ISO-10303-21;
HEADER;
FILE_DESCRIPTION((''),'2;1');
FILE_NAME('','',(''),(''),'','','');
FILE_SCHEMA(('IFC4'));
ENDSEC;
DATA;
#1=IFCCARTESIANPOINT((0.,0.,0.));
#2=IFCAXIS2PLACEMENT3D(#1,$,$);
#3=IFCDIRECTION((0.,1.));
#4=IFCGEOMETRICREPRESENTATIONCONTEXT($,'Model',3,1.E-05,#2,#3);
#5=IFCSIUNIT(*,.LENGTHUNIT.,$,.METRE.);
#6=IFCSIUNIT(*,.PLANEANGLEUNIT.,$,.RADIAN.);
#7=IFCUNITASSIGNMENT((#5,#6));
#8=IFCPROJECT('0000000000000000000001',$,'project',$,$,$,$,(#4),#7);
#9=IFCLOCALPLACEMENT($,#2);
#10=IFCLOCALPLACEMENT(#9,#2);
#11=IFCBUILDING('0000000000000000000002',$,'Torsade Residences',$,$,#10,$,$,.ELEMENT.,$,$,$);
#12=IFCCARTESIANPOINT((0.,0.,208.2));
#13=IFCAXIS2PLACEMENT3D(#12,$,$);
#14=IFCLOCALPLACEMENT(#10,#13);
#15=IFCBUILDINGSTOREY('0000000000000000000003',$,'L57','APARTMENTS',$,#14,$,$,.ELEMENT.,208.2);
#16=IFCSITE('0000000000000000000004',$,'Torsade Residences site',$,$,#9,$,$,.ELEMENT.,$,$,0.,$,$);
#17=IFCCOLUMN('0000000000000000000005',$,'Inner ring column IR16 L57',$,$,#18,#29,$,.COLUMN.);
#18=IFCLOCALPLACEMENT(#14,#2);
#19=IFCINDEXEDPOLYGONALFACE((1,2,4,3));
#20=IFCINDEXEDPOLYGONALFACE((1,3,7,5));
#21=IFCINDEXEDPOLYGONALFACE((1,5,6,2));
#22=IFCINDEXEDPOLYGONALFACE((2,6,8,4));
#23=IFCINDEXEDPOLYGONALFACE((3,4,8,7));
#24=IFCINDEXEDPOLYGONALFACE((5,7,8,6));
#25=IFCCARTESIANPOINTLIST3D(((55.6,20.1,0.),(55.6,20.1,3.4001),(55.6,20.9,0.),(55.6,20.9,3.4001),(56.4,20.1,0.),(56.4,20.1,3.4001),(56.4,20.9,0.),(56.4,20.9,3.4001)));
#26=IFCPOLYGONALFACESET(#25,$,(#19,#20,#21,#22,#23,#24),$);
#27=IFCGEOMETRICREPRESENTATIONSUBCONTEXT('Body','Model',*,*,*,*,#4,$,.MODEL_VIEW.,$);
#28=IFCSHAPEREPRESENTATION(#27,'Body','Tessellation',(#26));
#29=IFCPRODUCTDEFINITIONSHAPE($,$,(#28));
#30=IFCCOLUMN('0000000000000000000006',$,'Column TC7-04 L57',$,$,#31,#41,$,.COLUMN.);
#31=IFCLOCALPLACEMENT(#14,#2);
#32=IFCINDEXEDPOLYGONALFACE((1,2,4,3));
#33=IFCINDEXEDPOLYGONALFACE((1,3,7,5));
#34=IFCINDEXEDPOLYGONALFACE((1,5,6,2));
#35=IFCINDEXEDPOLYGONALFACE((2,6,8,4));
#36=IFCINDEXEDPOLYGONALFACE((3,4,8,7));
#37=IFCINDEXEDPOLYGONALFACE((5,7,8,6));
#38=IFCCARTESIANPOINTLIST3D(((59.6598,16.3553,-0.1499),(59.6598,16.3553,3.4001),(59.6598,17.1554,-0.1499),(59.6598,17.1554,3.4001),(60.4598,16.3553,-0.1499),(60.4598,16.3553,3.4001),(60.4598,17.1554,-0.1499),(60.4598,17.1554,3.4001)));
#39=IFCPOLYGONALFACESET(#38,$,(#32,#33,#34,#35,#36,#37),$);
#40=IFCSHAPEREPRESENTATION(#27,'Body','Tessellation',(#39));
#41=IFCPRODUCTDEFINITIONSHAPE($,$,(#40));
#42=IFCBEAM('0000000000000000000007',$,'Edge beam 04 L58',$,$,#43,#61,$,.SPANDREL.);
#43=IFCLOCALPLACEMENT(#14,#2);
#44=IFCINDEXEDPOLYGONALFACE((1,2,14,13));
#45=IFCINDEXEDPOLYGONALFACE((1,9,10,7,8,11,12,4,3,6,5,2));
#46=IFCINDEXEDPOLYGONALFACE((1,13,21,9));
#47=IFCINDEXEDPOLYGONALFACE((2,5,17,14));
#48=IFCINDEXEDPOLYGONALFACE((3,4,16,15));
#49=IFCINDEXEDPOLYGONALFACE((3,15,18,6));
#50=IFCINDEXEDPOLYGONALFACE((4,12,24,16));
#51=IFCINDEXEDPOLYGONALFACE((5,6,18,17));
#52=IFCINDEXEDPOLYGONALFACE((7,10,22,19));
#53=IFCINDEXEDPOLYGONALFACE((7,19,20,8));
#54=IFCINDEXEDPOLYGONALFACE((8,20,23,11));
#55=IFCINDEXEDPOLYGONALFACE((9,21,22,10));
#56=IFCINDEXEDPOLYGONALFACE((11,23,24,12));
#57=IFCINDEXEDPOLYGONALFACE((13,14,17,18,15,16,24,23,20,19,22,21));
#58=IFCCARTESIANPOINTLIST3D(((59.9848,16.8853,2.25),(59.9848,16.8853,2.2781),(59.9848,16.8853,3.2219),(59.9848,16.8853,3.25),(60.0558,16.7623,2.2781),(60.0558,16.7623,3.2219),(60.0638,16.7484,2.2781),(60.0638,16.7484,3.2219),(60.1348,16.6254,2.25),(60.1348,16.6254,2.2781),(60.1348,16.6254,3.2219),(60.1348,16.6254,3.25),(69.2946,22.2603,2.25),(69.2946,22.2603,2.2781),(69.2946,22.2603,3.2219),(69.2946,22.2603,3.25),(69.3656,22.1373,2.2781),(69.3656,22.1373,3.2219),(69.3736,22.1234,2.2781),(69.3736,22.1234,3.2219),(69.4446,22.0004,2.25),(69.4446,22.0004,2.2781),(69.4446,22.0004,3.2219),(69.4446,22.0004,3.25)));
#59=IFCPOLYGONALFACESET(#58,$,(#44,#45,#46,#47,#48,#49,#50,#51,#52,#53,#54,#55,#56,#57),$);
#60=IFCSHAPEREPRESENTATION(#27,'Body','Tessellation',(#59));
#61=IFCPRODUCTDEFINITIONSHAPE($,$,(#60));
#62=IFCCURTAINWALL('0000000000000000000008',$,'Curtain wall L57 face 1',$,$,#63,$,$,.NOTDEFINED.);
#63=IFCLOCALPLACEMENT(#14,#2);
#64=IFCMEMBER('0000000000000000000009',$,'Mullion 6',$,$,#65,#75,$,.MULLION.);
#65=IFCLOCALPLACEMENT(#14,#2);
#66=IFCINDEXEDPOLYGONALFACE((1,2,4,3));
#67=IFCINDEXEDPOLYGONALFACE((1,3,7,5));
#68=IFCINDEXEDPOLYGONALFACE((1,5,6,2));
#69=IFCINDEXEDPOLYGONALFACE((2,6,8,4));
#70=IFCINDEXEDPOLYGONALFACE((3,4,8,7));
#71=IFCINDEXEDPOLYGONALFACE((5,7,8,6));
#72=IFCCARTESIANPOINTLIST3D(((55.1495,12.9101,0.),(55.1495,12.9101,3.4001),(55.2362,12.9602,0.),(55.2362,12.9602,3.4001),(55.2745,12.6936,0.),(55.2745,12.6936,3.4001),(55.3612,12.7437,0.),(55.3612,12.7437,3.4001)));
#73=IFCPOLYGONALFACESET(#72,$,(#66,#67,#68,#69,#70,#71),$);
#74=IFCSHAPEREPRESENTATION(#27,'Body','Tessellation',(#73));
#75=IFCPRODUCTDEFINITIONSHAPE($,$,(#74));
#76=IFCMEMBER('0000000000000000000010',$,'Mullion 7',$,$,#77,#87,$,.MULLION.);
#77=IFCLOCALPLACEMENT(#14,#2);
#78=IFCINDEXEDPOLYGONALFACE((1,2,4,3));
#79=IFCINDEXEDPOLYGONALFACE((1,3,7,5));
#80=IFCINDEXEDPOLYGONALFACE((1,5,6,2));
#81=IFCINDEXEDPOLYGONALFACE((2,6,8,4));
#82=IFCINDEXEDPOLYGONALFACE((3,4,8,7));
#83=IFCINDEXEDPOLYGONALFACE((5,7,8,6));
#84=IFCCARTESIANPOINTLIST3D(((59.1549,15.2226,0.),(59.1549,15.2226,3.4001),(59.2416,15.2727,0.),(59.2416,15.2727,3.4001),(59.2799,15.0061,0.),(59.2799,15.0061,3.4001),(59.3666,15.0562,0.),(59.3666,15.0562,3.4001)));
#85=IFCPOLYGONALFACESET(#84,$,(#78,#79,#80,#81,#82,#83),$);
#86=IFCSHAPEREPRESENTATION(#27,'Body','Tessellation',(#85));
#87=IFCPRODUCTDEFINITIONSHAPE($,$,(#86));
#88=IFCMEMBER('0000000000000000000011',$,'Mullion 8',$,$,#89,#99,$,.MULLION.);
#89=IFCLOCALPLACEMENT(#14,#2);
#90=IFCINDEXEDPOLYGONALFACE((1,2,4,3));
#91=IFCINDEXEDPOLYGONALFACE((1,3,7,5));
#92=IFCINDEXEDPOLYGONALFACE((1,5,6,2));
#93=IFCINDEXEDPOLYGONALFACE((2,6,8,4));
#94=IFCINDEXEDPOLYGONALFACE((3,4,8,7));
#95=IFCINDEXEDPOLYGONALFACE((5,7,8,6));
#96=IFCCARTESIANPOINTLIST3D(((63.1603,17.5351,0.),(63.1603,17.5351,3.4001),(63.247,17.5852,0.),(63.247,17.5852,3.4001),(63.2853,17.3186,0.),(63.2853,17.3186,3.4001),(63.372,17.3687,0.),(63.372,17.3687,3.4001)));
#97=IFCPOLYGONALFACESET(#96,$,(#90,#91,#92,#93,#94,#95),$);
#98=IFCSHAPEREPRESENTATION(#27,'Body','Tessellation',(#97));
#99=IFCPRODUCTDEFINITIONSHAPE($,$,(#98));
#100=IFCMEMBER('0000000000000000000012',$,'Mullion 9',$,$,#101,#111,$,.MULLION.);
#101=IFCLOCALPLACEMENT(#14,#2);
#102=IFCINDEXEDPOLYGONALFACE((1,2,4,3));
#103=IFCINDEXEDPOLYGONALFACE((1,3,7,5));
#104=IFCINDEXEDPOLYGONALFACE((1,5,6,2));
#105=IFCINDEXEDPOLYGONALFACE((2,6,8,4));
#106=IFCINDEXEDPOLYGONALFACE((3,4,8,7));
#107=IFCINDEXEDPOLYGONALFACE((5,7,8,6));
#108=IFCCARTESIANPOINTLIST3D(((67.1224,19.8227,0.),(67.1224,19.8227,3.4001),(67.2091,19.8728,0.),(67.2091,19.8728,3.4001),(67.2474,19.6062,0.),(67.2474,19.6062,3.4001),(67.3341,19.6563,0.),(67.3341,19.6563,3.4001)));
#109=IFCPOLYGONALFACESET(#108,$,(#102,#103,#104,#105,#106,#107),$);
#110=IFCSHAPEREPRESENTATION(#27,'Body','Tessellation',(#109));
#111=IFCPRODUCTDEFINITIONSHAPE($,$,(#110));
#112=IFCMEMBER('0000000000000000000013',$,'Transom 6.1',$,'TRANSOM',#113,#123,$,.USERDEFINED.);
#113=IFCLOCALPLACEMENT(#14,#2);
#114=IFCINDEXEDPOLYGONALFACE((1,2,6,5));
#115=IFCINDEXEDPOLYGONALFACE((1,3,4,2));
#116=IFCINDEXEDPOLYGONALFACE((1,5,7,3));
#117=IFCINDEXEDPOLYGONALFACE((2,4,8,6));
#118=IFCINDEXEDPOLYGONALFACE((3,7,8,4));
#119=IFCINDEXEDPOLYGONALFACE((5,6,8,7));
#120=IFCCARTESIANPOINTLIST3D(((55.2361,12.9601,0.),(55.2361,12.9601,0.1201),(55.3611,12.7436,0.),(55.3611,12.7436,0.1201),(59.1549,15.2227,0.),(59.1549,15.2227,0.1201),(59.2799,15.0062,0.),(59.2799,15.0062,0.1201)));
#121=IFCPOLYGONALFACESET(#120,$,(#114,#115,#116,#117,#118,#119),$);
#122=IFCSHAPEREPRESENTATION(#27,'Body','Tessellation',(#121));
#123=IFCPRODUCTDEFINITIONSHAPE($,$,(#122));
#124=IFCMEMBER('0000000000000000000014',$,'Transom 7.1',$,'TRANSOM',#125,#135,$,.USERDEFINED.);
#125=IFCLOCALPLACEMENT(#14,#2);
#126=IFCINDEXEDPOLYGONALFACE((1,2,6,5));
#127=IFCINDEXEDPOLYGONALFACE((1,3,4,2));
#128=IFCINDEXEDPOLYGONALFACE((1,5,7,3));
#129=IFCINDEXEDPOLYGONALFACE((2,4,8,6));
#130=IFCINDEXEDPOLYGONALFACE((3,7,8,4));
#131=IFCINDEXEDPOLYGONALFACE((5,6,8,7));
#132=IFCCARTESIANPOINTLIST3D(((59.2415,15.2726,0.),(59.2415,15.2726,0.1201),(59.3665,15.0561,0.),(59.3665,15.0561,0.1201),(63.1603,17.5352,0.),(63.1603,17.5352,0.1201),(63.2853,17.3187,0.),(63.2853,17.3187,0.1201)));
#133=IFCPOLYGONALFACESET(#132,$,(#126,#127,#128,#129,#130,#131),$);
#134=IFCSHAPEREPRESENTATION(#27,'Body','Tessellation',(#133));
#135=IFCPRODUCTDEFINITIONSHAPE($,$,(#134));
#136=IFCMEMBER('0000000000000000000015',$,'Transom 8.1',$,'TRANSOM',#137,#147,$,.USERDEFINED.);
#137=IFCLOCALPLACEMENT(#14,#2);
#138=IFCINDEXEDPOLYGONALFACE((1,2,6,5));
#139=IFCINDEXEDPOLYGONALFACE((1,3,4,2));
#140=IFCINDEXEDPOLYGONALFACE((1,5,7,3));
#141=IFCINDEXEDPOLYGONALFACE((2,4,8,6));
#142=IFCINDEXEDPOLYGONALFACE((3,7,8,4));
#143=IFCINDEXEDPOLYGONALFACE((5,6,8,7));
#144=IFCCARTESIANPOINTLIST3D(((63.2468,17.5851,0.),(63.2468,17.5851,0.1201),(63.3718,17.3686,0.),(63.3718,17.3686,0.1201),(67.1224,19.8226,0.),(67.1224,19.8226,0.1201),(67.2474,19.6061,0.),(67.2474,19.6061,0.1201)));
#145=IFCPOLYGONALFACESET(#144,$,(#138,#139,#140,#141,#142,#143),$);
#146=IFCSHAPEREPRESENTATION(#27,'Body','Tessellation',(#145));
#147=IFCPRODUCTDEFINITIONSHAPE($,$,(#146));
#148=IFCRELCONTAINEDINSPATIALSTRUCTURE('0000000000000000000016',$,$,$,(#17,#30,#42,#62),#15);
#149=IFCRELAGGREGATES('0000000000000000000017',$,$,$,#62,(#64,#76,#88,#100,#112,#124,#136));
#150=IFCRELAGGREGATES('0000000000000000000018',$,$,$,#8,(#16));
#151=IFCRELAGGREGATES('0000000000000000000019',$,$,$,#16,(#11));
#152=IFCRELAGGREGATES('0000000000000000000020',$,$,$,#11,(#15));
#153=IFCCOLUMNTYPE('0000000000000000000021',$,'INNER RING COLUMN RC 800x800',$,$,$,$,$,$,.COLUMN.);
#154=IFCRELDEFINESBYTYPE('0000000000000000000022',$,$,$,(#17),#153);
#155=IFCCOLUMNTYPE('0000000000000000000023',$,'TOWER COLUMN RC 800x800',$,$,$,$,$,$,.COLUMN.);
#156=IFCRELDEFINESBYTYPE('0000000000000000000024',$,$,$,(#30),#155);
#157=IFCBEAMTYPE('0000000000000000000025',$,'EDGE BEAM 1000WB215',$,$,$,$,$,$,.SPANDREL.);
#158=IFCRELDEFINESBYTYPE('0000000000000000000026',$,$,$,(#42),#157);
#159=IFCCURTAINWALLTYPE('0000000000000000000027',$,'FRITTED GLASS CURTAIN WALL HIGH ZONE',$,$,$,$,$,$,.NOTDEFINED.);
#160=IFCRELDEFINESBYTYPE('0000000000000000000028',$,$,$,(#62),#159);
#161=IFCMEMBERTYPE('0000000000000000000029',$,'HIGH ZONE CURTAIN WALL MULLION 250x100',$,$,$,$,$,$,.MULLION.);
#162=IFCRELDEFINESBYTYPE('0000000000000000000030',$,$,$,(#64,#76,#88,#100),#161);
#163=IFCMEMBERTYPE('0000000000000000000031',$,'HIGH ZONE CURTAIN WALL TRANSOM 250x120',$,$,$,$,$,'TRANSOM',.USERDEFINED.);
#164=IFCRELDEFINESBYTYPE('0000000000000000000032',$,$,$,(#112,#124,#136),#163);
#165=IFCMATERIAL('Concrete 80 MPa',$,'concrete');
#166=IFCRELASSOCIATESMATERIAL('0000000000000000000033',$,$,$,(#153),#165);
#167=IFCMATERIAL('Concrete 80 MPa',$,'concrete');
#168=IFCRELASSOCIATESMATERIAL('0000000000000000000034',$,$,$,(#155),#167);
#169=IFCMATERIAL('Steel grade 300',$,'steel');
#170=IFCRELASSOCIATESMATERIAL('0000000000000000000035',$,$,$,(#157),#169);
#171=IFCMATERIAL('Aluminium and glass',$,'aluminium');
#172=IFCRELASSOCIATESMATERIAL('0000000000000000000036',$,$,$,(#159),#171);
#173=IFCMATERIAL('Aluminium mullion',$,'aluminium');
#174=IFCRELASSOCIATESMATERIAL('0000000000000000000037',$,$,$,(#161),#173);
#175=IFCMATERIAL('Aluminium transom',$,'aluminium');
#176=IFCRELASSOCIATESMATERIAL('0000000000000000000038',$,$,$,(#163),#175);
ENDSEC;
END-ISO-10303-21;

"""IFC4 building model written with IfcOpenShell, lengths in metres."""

from ifc_helpers import new_model, si_unit, direction, frame, origin, origin_2d, place, context, subcontext, project, spatial, rectangle, i_section, extrude, material, material_profile, profile_set, type_object, element, aggregate, save


model = new_model("IFC4")

# Units and contexts
model_context = context("Model", 3, precision=1e-05, world=origin(), true_north=direction((0.0, 1.0)))
body_context = subcontext(model_context, "Body", "Model", "MODEL_VIEW")
ifc_project = project(units=[si_unit("LENGTHUNIT", "METRE"), si_unit("PLANEANGLEUNIT", "RADIAN")], contexts=[model_context])

# Site, building, storey
site_placement = place(None, origin())
site = spatial("IfcSite", under=ifc_project, at=site_placement, Name="Torsade Residences site", CompositionType="ELEMENT", RefElevation=0.0)
building_placement = place(site_placement, origin())
building = spatial("IfcBuilding", under=site, at=building_placement, Name="Torsade Residences", CompositionType="ELEMENT")
storey_placement = place(building_placement, frame((0.0, 0.0, 208.2)))
storey = spatial("IfcBuildingStorey", under=building, at=storey_placement, Name="L57", Description="APARTMENTS", CompositionType="ELEMENT", Elevation=208.2)

# Columns
ifc_material_1 = material(Name="Concrete 80 MPa", Category="concrete")
ifc_material_profile_1 = material_profile(ifc_material_1, rectangle(XDim=0.8, YDim=0.8, at=origin_2d()), Name="RC 800x800")
ifc_profile_set_1 = profile_set([ifc_material_profile_1], Name="Concrete 80 MPa")
column_type_1 = type_object("IfcColumnType", Name="INNER RING COLUMN RC 800x800", PredefinedType="COLUMN", material=ifc_profile_set_1)
column_1_placement = place(storey_placement, frame((56.0, 20.5, 0.0), z_axis=(0.0, 0.0, 1.0), x_axis=(1.0, 0.0, 0.0)))
element("IfcColumn", 1, at=column_1_placement, inside=storey, type_object=column_type_1, Name="Inner ring column IR16 L57", PredefinedType="COLUMN", context=body_context, shape_type="SweptSolid", body=[
    extrude(rectangle(XDim=0.8, YDim=0.8, at=origin_2d()), origin(), (0.0, 0.0, 1.0), 3.4001),
])
ifc_material_2 = material(Name="Concrete 80 MPa", Category="concrete")
ifc_material_profile_2 = material_profile(ifc_material_2, rectangle(XDim=0.8, YDim=0.8, at=origin_2d()), Name="RC 800x800")
ifc_profile_set_2 = profile_set([ifc_material_profile_2], Name="Concrete 80 MPa")
column_type_2 = type_object("IfcColumnType", Name="TOWER COLUMN RC 800x800", PredefinedType="COLUMN", material=ifc_profile_set_2)
column_2_placement = place(storey_placement, frame((60.0598, 16.7554, -0.1499), z_axis=(0.0, 0.0, 1.0), x_axis=(1.0, 0.0, 0.0)))
element("IfcColumn", 2, at=column_2_placement, inside=storey, type_object=column_type_2, Name="Column TC7-04 L57", PredefinedType="COLUMN", context=body_context, shape_type="SweptSolid", body=[
    extrude(rectangle(XDim=0.8, YDim=0.8, at=origin_2d()), origin(), (0.0, 0.0, 1.0), 3.55),
])

# Beam
ifc_material_3 = material(Name="Steel grade 300", Category="steel")
ifc_material_profile_3 = material_profile(ifc_material_3, i_section(OverallWidth=0.3, OverallDepth=1.0, WebThickness=0.0161, FlangeThickness=0.0281, at=origin_2d()), Name="1000WB215")
ifc_profile_set_3 = profile_set([ifc_material_profile_3], Name="Steel grade 300")
beam_type_1 = type_object("IfcBeamType", Name="EDGE BEAM 1000WB215", PredefinedType="SPANDREL", material=ifc_profile_set_3)
beam_1_placement = place(storey_placement, frame((60.0598, 16.7554, 2.75), z_axis=(0.866026, 0.499998, 0.0), x_axis=(-0.499998, 0.866026, 0.0)))
element("IfcBeam", 3, at=beam_1_placement, inside=storey, type_object=beam_type_1, Name="Edge beam 04 L58", PredefinedType="SPANDREL", context=body_context, shape_type="SweptSolid", body=[
    extrude(i_section(OverallWidth=0.3, OverallDepth=1.0, WebThickness=0.0161, FlangeThickness=0.0281, at=origin_2d()), origin(), (0.0, 0.0, 1.0), 10.75),
])

# Curtain wall, members
ifc_material_4 = material(Name="Aluminium and glass", Category="aluminium")
curtain_wall_type = type_object("IfcCurtainWallType", Name="FRITTED GLASS CURTAIN WALL HIGH ZONE", PredefinedType="NOTDEFINED", material=ifc_material_4)
curtain_wall_placement = place(storey_placement, origin())
curtain_wall = element("IfcCurtainWall", 4, at=curtain_wall_placement, inside=storey, type_object=curtain_wall_type, Name="Curtain wall L57 face 1", PredefinedType="NOTDEFINED")
ifc_material_5 = material(Name="Aluminium mullion", Category="aluminium")
ifc_material_profile_4 = material_profile(ifc_material_5, rectangle(XDim=0.25, YDim=0.1001, at=origin_2d()), Name="HIGH ZONE CURTAIN WALL MULLION 250x100")
ifc_profile_set_4 = profile_set([ifc_material_profile_4], Name="Aluminium mullion")
member_type_1 = type_object("IfcMemberType", Name="HIGH ZONE CURTAIN WALL MULLION 250x100", PredefinedType="MULLION", material=ifc_profile_set_4)
member_1_placement = place(storey_placement, frame((55.2554, 12.8269, 0.0), z_axis=(0.0, 0.0, 1.0), x_axis=(-0.5, 0.866025, 0.0)))
member_1 = element("IfcMember", 5, at=member_1_placement, type_object=member_type_1, Name="Mullion 6", PredefinedType="MULLION", context=body_context, shape_type="SweptSolid", body=[
    extrude(rectangle(XDim=0.25, YDim=0.1001, at=origin_2d()), origin(), (0.0, 0.0, 1.0), 3.4001),
])
member_2_placement = place(storey_placement, frame((59.2607, 15.1394, 0.0), z_axis=(0.0, 0.0, 1.0), x_axis=(-0.5, 0.866025, 0.0)))
member_2 = element("IfcMember", 6, at=member_2_placement, type_object=member_type_1, Name="Mullion 7", PredefinedType="MULLION", context=body_context, shape_type="SweptSolid", body=[
    extrude(rectangle(XDim=0.25, YDim=0.1001, at=origin_2d()), origin(), (0.0, 0.0, 1.0), 3.4001),
])
member_3_placement = place(storey_placement, frame((63.2661, 17.4519, 0.0), z_axis=(0.0, 0.0, 1.0), x_axis=(-0.5, 0.866025, 0.0)))
member_3 = element("IfcMember", 7, at=member_3_placement, type_object=member_type_1, Name="Mullion 8", PredefinedType="MULLION", context=body_context, shape_type="SweptSolid", body=[
    extrude(rectangle(XDim=0.25, YDim=0.1001, at=origin_2d()), origin(), (0.0, 0.0, 1.0), 3.4001),
])
member_4_placement = place(storey_placement, frame((67.2283, 19.7395, 0.0), z_axis=(0.0, 0.0, 1.0), x_axis=(-0.5, 0.866025, 0.0)))
member_4 = element("IfcMember", 8, at=member_4_placement, type_object=member_type_1, Name="Mullion 9", PredefinedType="MULLION", context=body_context, shape_type="SweptSolid", body=[
    extrude(rectangle(XDim=0.25, YDim=0.1001, at=origin_2d()), origin(), (0.0, 0.0, 1.0), 3.4001),
])
ifc_material_6 = material(Name="Aluminium transom", Category="aluminium")
ifc_material_profile_5 = material_profile(ifc_material_6, rectangle(XDim=0.25, YDim=0.1201, at=origin_2d()), Name="HIGH ZONE CURTAIN WALL TRANSOM 250x120")
ifc_profile_set_5 = profile_set([ifc_material_profile_5], Name="Aluminium transom")
member_type_2 = type_object("IfcMemberType", Name="HIGH ZONE CURTAIN WALL TRANSOM 250x120", ElementType="TRANSOM", PredefinedType="USERDEFINED", material=ifc_profile_set_5)
member_5_placement = place(storey_placement, frame((55.2986, 12.8518, 0.0601), z_axis=(0.866017, 0.500015, 0.0), x_axis=(-0.500015, 0.866017, 0.0)))
member_5 = element("IfcMember", 9, at=member_5_placement, type_object=member_type_2, Name="Transom 6.1", ObjectType="TRANSOM", PredefinedType="USERDEFINED", context=body_context, shape_type="SweptSolid", body=[
    extrude(rectangle(XDim=0.25, YDim=0.1201, at=origin_2d()), origin(), (0.0, 0.0, 1.0), 4.5251),
])
member_6_placement = place(storey_placement, frame((59.304, 15.1643, 0.0601), z_axis=(0.866017, 0.500015, 0.0), x_axis=(-0.500015, 0.866017, 0.0)))
member_6 = element("IfcMember", 10, at=member_6_placement, type_object=member_type_2, Name="Transom 7.1", ObjectType="TRANSOM", PredefinedType="USERDEFINED", context=body_context, shape_type="SweptSolid", body=[
    extrude(rectangle(XDim=0.25, YDim=0.1201, at=origin_2d()), origin(), (0.0, 0.0, 1.0), 4.5251),
])
member_7_placement = place(storey_placement, frame((63.3093, 17.4768, 0.0601), z_axis=(0.866022, 0.500006, 0.0), x_axis=(-0.500006, 0.866022, 0.0)))
member_7 = element("IfcMember", 11, at=member_7_placement, type_object=member_type_2, Name="Transom 8.1", ObjectType="TRANSOM", PredefinedType="USERDEFINED", context=body_context, shape_type="SweptSolid", body=[
    extrude(rectangle(XDim=0.25, YDim=0.1201, at=origin_2d()), origin(), (0.0, 0.0, 1.0), 4.4751),
])

aggregate(curtain_wall, [member_1, member_2, member_3, member_4, member_5, member_6, member_7])

save(model, "model.ifc")
